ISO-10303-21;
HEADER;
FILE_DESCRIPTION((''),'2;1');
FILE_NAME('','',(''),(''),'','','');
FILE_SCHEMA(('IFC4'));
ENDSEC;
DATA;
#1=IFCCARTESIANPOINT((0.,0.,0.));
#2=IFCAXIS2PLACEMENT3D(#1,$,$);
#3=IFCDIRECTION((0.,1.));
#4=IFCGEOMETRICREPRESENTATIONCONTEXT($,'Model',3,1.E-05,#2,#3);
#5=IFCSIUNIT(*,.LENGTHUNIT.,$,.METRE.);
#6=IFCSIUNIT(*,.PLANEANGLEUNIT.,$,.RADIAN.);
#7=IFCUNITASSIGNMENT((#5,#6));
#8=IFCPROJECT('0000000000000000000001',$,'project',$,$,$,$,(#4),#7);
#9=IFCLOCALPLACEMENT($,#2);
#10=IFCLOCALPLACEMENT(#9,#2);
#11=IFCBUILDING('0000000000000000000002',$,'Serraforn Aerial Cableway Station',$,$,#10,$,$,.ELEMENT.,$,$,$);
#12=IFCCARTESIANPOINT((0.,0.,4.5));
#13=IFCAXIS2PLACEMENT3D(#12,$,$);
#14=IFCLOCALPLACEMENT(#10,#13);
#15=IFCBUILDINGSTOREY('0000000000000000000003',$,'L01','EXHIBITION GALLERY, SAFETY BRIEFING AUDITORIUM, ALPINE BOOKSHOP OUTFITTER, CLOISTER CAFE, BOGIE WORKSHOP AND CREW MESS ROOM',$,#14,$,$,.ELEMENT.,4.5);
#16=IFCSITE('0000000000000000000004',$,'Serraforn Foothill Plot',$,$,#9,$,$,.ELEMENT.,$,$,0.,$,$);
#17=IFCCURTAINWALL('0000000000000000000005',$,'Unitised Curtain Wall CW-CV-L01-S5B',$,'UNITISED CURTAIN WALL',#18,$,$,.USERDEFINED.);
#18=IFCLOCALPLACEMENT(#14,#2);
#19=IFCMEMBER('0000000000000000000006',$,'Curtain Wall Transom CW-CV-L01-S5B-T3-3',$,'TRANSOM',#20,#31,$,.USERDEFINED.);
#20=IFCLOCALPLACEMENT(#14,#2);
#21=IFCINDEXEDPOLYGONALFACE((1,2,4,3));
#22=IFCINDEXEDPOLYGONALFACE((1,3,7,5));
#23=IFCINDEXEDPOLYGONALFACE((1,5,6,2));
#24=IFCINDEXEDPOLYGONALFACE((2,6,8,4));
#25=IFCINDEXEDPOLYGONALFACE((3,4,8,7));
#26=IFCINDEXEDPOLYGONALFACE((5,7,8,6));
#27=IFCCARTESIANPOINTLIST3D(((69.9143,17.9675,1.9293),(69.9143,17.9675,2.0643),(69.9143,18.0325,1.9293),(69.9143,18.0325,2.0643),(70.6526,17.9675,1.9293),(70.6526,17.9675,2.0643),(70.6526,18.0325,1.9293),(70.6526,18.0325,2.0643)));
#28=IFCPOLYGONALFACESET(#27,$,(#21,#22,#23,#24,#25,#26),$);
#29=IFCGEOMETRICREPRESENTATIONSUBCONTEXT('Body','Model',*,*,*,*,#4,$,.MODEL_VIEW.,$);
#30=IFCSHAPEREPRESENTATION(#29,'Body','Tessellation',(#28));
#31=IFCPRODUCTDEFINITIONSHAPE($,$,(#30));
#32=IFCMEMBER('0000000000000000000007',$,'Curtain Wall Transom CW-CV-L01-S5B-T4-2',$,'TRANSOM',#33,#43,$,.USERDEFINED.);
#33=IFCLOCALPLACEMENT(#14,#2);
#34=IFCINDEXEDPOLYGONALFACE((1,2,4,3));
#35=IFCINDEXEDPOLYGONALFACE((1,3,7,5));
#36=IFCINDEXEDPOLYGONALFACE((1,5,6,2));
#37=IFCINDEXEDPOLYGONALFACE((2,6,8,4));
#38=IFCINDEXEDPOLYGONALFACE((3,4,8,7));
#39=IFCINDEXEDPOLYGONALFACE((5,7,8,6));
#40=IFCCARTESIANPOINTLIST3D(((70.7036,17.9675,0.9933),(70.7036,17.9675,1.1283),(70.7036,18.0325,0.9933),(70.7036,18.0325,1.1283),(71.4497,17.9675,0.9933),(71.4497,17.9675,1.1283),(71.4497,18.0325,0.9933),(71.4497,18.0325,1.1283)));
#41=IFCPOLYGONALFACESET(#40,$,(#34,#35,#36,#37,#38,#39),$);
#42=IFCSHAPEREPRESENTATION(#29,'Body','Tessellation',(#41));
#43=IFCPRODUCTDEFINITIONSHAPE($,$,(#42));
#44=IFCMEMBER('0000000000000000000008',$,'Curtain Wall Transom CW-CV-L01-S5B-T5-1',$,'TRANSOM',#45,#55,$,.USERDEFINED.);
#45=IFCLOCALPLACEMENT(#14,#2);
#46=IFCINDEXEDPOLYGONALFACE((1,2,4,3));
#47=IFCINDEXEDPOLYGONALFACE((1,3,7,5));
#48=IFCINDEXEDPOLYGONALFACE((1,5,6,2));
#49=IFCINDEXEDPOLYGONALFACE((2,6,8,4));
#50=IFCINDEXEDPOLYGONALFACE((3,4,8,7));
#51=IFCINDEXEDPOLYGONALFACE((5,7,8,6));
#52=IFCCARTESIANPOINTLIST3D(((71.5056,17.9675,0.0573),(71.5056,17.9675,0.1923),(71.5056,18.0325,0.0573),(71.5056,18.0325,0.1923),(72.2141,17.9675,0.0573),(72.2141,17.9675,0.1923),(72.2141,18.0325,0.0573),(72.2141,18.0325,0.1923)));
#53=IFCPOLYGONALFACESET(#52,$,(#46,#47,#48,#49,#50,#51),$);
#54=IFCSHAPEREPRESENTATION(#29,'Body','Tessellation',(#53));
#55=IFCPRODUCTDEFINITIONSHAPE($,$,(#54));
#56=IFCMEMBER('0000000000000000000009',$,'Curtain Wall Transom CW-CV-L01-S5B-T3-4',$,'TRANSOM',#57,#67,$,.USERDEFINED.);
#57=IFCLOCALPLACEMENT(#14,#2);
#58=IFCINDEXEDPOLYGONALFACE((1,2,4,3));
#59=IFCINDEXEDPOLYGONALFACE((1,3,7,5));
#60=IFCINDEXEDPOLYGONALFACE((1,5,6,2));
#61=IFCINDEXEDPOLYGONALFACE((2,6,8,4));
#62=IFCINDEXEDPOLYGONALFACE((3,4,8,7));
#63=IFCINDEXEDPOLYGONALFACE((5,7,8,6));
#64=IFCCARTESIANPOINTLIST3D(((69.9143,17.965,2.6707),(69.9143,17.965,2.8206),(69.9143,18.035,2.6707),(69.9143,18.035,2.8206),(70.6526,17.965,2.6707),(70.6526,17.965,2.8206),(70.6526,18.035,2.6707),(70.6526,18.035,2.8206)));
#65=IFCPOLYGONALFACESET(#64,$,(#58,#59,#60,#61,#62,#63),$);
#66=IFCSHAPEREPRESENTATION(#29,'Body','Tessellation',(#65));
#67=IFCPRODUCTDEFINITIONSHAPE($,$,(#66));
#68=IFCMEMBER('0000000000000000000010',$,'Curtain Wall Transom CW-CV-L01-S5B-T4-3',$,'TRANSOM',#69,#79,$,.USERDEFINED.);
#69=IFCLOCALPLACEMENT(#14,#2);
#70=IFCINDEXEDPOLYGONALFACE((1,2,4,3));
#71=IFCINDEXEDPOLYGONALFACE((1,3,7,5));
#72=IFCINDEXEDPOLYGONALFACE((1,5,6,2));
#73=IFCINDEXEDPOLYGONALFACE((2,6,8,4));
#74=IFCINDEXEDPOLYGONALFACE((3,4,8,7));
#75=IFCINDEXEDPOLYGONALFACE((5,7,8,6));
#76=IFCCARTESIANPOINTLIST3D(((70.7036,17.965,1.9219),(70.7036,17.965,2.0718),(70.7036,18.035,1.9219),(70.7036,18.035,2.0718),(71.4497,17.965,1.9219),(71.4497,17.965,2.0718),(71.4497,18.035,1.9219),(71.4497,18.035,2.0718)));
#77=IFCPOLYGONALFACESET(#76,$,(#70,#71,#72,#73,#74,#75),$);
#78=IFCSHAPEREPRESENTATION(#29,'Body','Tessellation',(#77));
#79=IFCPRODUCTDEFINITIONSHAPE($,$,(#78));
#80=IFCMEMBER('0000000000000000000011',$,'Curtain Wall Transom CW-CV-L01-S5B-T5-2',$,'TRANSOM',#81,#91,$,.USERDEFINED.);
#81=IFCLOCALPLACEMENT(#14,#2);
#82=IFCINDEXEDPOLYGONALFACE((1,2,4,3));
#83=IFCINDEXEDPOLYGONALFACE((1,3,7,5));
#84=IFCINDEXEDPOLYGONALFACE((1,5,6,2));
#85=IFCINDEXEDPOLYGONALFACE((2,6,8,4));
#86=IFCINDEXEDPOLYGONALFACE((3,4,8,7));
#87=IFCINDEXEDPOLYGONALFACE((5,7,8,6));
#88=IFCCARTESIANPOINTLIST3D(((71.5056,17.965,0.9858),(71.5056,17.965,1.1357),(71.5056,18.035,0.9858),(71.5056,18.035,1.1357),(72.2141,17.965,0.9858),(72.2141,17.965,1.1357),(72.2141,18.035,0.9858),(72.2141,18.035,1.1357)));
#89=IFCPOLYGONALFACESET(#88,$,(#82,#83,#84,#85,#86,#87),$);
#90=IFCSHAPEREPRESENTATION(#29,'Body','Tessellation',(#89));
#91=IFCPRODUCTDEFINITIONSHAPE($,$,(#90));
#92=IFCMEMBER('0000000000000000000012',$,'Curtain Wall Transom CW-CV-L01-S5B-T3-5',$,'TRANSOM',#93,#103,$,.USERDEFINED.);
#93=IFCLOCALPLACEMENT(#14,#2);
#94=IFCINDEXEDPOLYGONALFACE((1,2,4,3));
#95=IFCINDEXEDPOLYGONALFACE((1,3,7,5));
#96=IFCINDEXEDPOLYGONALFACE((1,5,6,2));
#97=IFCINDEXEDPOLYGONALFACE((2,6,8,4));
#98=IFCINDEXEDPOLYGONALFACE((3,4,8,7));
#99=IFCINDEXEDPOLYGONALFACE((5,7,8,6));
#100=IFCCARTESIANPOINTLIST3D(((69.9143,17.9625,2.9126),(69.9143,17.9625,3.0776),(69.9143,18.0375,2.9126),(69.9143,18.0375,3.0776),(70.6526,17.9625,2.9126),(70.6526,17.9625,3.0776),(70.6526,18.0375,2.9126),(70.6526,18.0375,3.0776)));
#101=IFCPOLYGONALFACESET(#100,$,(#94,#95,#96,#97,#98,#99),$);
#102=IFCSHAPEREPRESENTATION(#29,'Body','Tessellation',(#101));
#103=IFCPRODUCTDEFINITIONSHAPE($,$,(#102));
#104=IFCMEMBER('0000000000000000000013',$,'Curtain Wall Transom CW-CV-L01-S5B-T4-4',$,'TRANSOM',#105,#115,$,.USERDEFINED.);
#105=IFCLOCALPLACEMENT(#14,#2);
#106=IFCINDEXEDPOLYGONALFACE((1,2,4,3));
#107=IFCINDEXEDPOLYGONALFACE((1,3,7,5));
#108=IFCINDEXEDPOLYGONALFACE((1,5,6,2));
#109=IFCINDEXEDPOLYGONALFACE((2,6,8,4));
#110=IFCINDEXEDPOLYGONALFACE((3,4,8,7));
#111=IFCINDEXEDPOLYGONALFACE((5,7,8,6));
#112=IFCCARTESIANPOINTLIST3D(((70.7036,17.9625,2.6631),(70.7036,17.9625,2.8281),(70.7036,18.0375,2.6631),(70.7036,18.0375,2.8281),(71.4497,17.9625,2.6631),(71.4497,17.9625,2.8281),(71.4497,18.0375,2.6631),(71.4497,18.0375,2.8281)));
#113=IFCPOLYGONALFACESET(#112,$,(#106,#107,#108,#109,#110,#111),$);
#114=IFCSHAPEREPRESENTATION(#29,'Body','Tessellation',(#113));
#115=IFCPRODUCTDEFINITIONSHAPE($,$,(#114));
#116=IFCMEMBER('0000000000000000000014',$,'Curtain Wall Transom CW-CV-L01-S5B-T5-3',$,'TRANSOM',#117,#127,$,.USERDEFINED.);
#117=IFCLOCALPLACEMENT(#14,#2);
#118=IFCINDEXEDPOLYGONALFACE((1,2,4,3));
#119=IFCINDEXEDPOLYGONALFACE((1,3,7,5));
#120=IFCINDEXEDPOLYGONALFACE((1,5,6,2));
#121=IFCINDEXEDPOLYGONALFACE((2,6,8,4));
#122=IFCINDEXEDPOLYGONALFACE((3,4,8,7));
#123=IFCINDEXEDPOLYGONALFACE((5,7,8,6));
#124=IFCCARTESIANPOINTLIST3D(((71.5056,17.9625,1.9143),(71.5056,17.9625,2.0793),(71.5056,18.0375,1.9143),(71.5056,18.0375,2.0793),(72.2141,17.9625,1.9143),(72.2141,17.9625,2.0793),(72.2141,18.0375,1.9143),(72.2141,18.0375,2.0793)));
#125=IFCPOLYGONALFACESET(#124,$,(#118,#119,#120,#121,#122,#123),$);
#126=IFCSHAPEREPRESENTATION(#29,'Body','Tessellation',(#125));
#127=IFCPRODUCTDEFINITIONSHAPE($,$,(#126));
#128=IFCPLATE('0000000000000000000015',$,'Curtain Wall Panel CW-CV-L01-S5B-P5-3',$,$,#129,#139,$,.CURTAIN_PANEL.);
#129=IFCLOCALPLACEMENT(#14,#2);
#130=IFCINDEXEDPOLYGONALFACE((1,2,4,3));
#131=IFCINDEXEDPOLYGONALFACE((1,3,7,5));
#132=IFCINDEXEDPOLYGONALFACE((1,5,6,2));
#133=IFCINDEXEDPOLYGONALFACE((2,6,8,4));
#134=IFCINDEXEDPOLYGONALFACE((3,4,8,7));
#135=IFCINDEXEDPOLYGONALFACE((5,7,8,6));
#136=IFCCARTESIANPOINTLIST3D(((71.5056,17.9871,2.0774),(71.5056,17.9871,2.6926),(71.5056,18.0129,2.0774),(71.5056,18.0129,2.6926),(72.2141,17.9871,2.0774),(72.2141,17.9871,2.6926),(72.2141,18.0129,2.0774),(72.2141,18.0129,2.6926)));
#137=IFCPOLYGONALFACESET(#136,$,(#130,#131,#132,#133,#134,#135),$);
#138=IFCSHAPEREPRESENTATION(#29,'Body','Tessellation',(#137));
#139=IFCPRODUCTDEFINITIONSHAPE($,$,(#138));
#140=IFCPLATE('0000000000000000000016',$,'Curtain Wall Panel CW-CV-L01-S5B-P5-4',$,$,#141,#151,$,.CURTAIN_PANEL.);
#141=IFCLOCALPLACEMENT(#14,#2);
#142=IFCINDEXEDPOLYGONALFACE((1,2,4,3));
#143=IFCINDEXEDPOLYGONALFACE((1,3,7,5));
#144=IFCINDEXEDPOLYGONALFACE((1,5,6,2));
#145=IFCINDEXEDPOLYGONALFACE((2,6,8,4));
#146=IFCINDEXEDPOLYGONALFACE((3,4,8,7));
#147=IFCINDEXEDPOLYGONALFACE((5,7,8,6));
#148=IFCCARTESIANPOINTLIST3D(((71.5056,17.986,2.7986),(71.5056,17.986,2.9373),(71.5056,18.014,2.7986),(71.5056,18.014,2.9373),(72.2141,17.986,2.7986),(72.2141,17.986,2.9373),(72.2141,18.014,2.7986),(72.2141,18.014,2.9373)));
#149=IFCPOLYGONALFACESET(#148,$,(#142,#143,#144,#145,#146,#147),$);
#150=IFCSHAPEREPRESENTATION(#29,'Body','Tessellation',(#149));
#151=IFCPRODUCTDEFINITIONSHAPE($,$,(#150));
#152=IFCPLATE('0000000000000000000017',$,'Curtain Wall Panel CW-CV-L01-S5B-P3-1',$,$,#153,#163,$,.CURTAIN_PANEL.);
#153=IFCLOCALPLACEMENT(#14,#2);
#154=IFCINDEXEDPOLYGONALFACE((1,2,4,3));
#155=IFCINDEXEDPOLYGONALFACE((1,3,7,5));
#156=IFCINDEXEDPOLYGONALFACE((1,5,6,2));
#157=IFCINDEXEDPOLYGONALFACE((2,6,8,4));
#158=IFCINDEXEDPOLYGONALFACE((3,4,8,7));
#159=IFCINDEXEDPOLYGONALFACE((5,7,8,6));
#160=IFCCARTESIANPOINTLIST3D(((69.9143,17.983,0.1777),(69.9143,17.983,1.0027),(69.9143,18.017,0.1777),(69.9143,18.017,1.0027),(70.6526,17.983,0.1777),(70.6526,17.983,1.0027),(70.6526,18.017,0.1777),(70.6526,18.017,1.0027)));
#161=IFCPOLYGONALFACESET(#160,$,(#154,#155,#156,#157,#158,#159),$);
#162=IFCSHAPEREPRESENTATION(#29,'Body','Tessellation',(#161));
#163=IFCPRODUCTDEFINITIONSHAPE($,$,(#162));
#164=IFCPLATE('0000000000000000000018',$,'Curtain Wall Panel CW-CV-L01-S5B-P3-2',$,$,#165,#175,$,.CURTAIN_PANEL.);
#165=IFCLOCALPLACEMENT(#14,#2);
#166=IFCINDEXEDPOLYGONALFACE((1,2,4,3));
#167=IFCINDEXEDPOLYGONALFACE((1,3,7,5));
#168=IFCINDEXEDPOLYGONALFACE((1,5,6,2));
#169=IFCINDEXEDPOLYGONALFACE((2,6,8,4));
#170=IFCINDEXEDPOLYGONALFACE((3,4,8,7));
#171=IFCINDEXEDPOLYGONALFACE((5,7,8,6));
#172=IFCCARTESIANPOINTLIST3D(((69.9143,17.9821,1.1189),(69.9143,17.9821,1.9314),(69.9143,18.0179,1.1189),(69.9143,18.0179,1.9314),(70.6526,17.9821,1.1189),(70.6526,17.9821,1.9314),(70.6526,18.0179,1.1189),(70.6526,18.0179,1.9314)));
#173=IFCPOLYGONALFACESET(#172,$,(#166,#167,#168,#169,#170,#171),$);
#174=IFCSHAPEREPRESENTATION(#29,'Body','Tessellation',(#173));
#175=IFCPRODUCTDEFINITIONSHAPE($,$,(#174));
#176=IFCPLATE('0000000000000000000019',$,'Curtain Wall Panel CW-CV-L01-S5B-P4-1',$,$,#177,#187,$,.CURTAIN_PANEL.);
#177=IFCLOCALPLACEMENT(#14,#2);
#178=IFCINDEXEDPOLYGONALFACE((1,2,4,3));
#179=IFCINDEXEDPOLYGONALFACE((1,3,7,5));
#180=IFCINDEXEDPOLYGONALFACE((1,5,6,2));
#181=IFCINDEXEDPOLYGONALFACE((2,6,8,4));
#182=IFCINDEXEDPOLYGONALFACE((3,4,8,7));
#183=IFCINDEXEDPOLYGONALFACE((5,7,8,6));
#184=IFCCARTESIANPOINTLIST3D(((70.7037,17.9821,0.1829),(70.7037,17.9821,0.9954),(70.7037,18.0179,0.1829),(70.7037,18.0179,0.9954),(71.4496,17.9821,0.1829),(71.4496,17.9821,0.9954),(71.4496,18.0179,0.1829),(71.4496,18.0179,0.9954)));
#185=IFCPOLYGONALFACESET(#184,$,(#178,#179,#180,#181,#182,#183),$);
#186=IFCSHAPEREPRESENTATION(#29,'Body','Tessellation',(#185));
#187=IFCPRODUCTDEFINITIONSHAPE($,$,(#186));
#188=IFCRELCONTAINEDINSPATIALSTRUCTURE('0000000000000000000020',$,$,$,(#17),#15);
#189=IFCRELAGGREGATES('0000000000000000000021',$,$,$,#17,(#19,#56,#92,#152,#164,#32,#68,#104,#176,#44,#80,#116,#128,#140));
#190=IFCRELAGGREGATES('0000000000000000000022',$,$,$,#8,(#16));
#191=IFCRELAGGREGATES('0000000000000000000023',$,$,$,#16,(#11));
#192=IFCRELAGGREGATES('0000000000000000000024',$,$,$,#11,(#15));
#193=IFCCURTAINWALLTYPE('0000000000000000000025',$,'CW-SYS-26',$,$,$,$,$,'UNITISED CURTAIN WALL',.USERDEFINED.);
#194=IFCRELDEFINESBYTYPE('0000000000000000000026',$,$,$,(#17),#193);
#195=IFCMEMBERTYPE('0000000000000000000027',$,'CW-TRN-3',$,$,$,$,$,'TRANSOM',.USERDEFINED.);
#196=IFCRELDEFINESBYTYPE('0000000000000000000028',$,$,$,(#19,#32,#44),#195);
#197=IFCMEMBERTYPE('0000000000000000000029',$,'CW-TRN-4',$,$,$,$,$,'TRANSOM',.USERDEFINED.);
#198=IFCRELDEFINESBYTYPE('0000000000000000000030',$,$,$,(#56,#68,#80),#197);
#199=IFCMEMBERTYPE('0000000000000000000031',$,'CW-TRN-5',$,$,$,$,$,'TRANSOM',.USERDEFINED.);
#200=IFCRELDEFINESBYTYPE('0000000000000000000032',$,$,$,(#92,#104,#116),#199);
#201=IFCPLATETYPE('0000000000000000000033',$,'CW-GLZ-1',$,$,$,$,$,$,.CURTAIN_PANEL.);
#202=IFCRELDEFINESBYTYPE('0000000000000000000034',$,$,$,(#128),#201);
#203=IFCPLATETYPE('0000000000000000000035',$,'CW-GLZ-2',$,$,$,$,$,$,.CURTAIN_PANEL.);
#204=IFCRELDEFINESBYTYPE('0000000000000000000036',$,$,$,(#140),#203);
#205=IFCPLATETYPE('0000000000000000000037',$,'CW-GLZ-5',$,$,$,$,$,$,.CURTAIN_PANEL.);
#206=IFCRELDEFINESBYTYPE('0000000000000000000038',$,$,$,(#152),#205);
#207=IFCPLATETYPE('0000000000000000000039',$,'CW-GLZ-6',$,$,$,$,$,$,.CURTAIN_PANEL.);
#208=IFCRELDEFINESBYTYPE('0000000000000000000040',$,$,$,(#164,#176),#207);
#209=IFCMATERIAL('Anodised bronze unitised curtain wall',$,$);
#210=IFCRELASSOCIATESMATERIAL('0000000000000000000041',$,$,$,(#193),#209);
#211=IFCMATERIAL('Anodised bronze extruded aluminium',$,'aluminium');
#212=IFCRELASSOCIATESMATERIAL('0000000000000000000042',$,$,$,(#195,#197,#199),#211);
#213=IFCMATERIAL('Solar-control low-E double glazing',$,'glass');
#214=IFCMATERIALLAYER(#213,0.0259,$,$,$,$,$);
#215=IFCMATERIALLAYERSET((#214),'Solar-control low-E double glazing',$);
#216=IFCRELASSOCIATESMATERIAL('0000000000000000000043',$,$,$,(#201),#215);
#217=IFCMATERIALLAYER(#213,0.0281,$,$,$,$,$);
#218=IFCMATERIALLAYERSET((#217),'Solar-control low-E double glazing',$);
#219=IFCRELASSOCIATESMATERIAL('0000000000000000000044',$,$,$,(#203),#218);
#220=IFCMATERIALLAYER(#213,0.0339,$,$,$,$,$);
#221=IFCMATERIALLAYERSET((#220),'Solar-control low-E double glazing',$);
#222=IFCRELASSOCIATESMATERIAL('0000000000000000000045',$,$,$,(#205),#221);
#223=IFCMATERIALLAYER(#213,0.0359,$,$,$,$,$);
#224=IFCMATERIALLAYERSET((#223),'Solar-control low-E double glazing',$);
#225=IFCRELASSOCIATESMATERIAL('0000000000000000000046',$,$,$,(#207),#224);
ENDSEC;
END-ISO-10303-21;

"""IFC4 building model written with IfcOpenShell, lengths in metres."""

from ifc_helpers import new_model, si_unit, direction, frame, origin, origin_2d, place, context, subcontext, project, spatial, rectangle, extrude, material, layer, layer_set, material_profile, profile_set, type_object, element, aggregate, save


model = new_model("IFC4")

# Units and contexts
model_context = context("Model", 3, precision=1e-05, world=origin(), true_north=direction((0.0, 1.0)))
body_context = subcontext(model_context, "Body", "Model", "MODEL_VIEW")
ifc_project = project(units=[si_unit("LENGTHUNIT", "METRE"), si_unit("PLANEANGLEUNIT", "RADIAN")], contexts=[model_context])

# Site, building, storey
site_placement = place(None, origin())
site = spatial("IfcSite", under=ifc_project, at=site_placement, Name="Serraforn Foothill Plot", CompositionType="ELEMENT", RefElevation=0.0)
building_placement = place(site_placement, origin())
building = spatial("IfcBuilding", under=site, at=building_placement, Name="Serraforn Aerial Cableway Station", CompositionType="ELEMENT")
storey_placement = place(building_placement, frame((0.0, 0.0, 4.5)))
storey = spatial("IfcBuildingStorey", under=building, at=storey_placement, Name="L01", Description="EXHIBITION GALLERY, SAFETY BRIEFING AUDITORIUM, ALPINE BOOKSHOP OUTFITTER, CLOISTER CAFE, BOGIE WORKSHOP AND CREW MESS ROOM", CompositionType="ELEMENT", Elevation=4.5)

# Curtain wall, members, plates
ifc_material_1 = material(Name="Anodised bronze unitised curtain wall")
curtain_wall_type = type_object("IfcCurtainWallType", Name="CW-SYS-26", ElementType="UNITISED CURTAIN WALL", PredefinedType="USERDEFINED", material=ifc_material_1)
curtain_wall_placement = place(storey_placement, origin())
curtain_wall = element("IfcCurtainWall", 1, at=curtain_wall_placement, inside=storey, type_object=curtain_wall_type, Name="Unitised Curtain Wall CW-CV-L01-S5B", ObjectType="UNITISED CURTAIN WALL", PredefinedType="USERDEFINED")
ifc_material_2 = material(Name="Anodised bronze extruded aluminium", Category="aluminium")
ifc_material_profile_1 = material_profile(ifc_material_2, rectangle(XDim=0.0649, YDim=0.135, at=origin_2d()), Name="CW TRANSOM 65x135")
ifc_profile_set_1 = profile_set([ifc_material_profile_1], Name="Anodised bronze extruded aluminium")
member_type_1 = type_object("IfcMemberType", Name="CW-TRN-3", ElementType="TRANSOM", PredefinedType="USERDEFINED", material=ifc_profile_set_1)
member_1_placement = place(storey_placement, frame((69.9143, 18.0, 1.9968), z_axis=(1.0, 0.0, 0.0), x_axis=(0.0, 1.0, 0.0)))
member_1 = element("IfcMember", 2, at=member_1_placement, type_object=member_type_1, Name="Curtain Wall Transom CW-CV-L01-S5B-T3-3", ObjectType="TRANSOM", PredefinedType="USERDEFINED", context=body_context, shape_type="SweptSolid", body=[
    extrude(rectangle(XDim=0.0649, YDim=0.135, at=origin_2d()), origin(), (0.0, 0.0, 1.0), 0.7383),
])
member_2_placement = place(storey_placement, frame((70.7036, 18.0, 1.0608), z_axis=(1.0, 0.0, 0.0), x_axis=(0.0, 1.0, 0.0)))
member_2 = element("IfcMember", 3, at=member_2_placement, type_object=member_type_1, Name="Curtain Wall Transom CW-CV-L01-S5B-T4-2", ObjectType="TRANSOM", PredefinedType="USERDEFINED", context=body_context, shape_type="SweptSolid", body=[
    extrude(rectangle(XDim=0.0649, YDim=0.135, at=origin_2d()), origin(), (0.0, 0.0, 1.0), 0.7461),
])
member_3_placement = place(storey_placement, frame((71.5056, 18.0, 0.1248), z_axis=(1.0, 0.0, 0.0), x_axis=(0.0, 1.0, 0.0)))
member_3 = element("IfcMember", 4, at=member_3_placement, type_object=member_type_1, Name="Curtain Wall Transom CW-CV-L01-S5B-T5-1", ObjectType="TRANSOM", PredefinedType="USERDEFINED", context=body_context, shape_type="SweptSolid", body=[
    extrude(rectangle(XDim=0.0649, YDim=0.135, at=origin_2d()), origin(), (0.0, 0.0, 1.0), 0.7085),
])
ifc_material_profile_2 = material_profile(ifc_material_2, rectangle(XDim=0.0701, YDim=0.1499, at=origin_2d()), Name="CW TRANSOM 70x150")
ifc_profile_set_2 = profile_set([ifc_material_profile_2], Name="Anodised bronze extruded aluminium")
member_type_2 = type_object("IfcMemberType", Name="CW-TRN-4", ElementType="TRANSOM", PredefinedType="USERDEFINED", material=ifc_profile_set_2)
member_4_placement = place(storey_placement, frame((69.9143, 18.0, 2.7456), z_axis=(1.0, 0.0, 0.0), x_axis=(0.0, 1.0, 0.0)))
member_4 = element("IfcMember", 5, at=member_4_placement, type_object=member_type_2, Name="Curtain Wall Transom CW-CV-L01-S5B-T3-4", ObjectType="TRANSOM", PredefinedType="USERDEFINED", context=body_context, shape_type="SweptSolid", body=[
    extrude(rectangle(XDim=0.0701, YDim=0.1499, at=origin_2d()), origin(), (0.0, 0.0, 1.0), 0.7383),
])
member_5_placement = place(storey_placement, frame((70.7036, 18.0, 1.9968), z_axis=(1.0, 0.0, 0.0), x_axis=(0.0, 1.0, 0.0)))
member_5 = element("IfcMember", 6, at=member_5_placement, type_object=member_type_2, Name="Curtain Wall Transom CW-CV-L01-S5B-T4-3", ObjectType="TRANSOM", PredefinedType="USERDEFINED", context=body_context, shape_type="SweptSolid", body=[
    extrude(rectangle(XDim=0.0701, YDim=0.1499, at=origin_2d()), origin(), (0.0, 0.0, 1.0), 0.7461),
])
member_6_placement = place(storey_placement, frame((71.5056, 18.0, 1.0608), z_axis=(1.0, 0.0, 0.0), x_axis=(0.0, 1.0, 0.0)))
member_6 = element("IfcMember", 7, at=member_6_placement, type_object=member_type_2, Name="Curtain Wall Transom CW-CV-L01-S5B-T5-2", ObjectType="TRANSOM", PredefinedType="USERDEFINED", context=body_context, shape_type="SweptSolid", body=[
    extrude(rectangle(XDim=0.0701, YDim=0.1499, at=origin_2d()), origin(), (0.0, 0.0, 1.0), 0.7085),
])
ifc_material_profile_3 = material_profile(ifc_material_2, rectangle(XDim=0.075, YDim=0.165, at=origin_2d()), Name="CW TRANSOM 75x165")
ifc_profile_set_3 = profile_set([ifc_material_profile_3], Name="Anodised bronze extruded aluminium")
member_type_3 = type_object("IfcMemberType", Name="CW-TRN-5", ElementType="TRANSOM", PredefinedType="USERDEFINED", material=ifc_profile_set_3)
member_7_placement = place(storey_placement, frame((69.9143, 18.0, 2.9951), z_axis=(1.0, 0.0, 0.0), x_axis=(0.0, 1.0, 0.0)))
member_7 = element("IfcMember", 8, at=member_7_placement, type_object=member_type_3, Name="Curtain Wall Transom CW-CV-L01-S5B-T3-5", ObjectType="TRANSOM", PredefinedType="USERDEFINED", context=body_context, shape_type="SweptSolid", body=[
    extrude(rectangle(XDim=0.075, YDim=0.165, at=origin_2d()), origin(), (0.0, 0.0, 1.0), 0.7383),
])
member_8_placement = place(storey_placement, frame((70.7036, 18.0, 2.7456), z_axis=(1.0, 0.0, 0.0), x_axis=(0.0, 1.0, 0.0)))
member_8 = element("IfcMember", 9, at=member_8_placement, type_object=member_type_3, Name="Curtain Wall Transom CW-CV-L01-S5B-T4-4", ObjectType="TRANSOM", PredefinedType="USERDEFINED", context=body_context, shape_type="SweptSolid", body=[
    extrude(rectangle(XDim=0.075, YDim=0.165, at=origin_2d()), origin(), (0.0, 0.0, 1.0), 0.7461),
])
member_9_placement = place(storey_placement, frame((71.5056, 18.0, 1.9968), z_axis=(1.0, 0.0, 0.0), x_axis=(0.0, 1.0, 0.0)))
member_9 = element("IfcMember", 10, at=member_9_placement, type_object=member_type_3, Name="Curtain Wall Transom CW-CV-L01-S5B-T5-3", ObjectType="TRANSOM", PredefinedType="USERDEFINED", context=body_context, shape_type="SweptSolid", body=[
    extrude(rectangle(XDim=0.075, YDim=0.165, at=origin_2d()), origin(), (0.0, 0.0, 1.0), 0.7085),
])
ifc_material_3 = material(Name="Solar-control low-E double glazing", Category="glass")
ifc_layer_1 = layer(ifc_material_3, 0.0259)
ifc_layer_set_1 = layer_set([ifc_layer_1], Name="Solar-control low-E double glazing")
plate_type_1 = type_object("IfcPlateType", Name="CW-GLZ-1", PredefinedType="CURTAIN_PANEL", material=ifc_layer_set_1)
plate_1_placement = place(storey_placement, frame((71.8599, 18.0, 2.0774), z_axis=(0.0, 0.0, 1.0), x_axis=(1.0, 0.0, 0.0)))
plate_1 = element("IfcPlate", 11, at=plate_1_placement, type_object=plate_type_1, Name="Curtain Wall Panel CW-CV-L01-S5B-P5-3", PredefinedType="CURTAIN_PANEL", context=body_context, shape_type="SweptSolid", body=[
    extrude(rectangle(XDim=0.7085, YDim=0.0259, at=origin_2d()), origin(), (0.0, 0.0, 1.0), 0.6152),
])
ifc_layer_2 = layer(ifc_material_3, 0.0281)
ifc_layer_set_2 = layer_set([ifc_layer_2], Name="Solar-control low-E double glazing")
plate_type_2 = type_object("IfcPlateType", Name="CW-GLZ-2", PredefinedType="CURTAIN_PANEL", material=ifc_layer_set_2)
plate_2_placement = place(storey_placement, frame((71.8599, 18.0, 2.7986), z_axis=(0.0, 0.0, 1.0), x_axis=(1.0, 0.0, 0.0)))
plate_2 = element("IfcPlate", 12, at=plate_2_placement, type_object=plate_type_2, Name="Curtain Wall Panel CW-CV-L01-S5B-P5-4", PredefinedType="CURTAIN_PANEL", context=body_context, shape_type="SweptSolid", body=[
    extrude(rectangle(XDim=0.7085, YDim=0.0281, at=origin_2d()), origin(), (0.0, 0.0, 1.0), 0.1387),
])
ifc_layer_3 = layer(ifc_material_3, 0.0339)
ifc_layer_set_3 = layer_set([ifc_layer_3], Name="Solar-control low-E double glazing")
plate_type_3 = type_object("IfcPlateType", Name="CW-GLZ-5", PredefinedType="CURTAIN_PANEL", material=ifc_layer_set_3)
plate_3_placement = place(storey_placement, frame((70.2834, 18.0, 0.1777), z_axis=(0.0, 0.0, 1.0), x_axis=(1.0, 0.0, 0.0)))
plate_3 = element("IfcPlate", 13, at=plate_3_placement, type_object=plate_type_3, Name="Curtain Wall Panel CW-CV-L01-S5B-P3-1", PredefinedType="CURTAIN_PANEL", context=body_context, shape_type="SweptSolid", body=[
    extrude(rectangle(XDim=0.7383, YDim=0.0339, at=origin_2d()), origin(), (0.0, 0.0, 1.0), 0.825),
])
ifc_layer_4 = layer(ifc_material_3, 0.0359)
ifc_layer_set_4 = layer_set([ifc_layer_4], Name="Solar-control low-E double glazing")
plate_type_4 = type_object("IfcPlateType", Name="CW-GLZ-6", PredefinedType="CURTAIN_PANEL", material=ifc_layer_set_4)
plate_4_placement = place(storey_placement, frame((70.2834, 18.0, 1.1189), z_axis=(0.0, 0.0, 1.0), x_axis=(1.0, 0.0, 0.0)))
plate_4 = element("IfcPlate", 14, at=plate_4_placement, type_object=plate_type_4, Name="Curtain Wall Panel CW-CV-L01-S5B-P3-2", PredefinedType="CURTAIN_PANEL", context=body_context, shape_type="SweptSolid", body=[
    extrude(rectangle(XDim=0.7383, YDim=0.0359, at=origin_2d()), origin(), (0.0, 0.0, 1.0), 0.8125),
])
plate_5_placement = place(storey_placement, frame((71.0767, 18.0, 0.1829), z_axis=(0.0, 0.0, 1.0), x_axis=(1.0, 0.0, 0.0)))
plate_5 = element("IfcPlate", 15, at=plate_5_placement, type_object=plate_type_4, Name="Curtain Wall Panel CW-CV-L01-S5B-P4-1", PredefinedType="CURTAIN_PANEL", context=body_context, shape_type="SweptSolid", body=[
    extrude(rectangle(XDim=0.7458, YDim=0.0359, at=origin_2d()), origin(), (0.0, 0.0, 1.0), 0.8125),
])
aggregate(curtain_wall, [member_1, member_4, member_7, plate_3, plate_4, member_2, member_5, member_8, plate_5, member_3, member_6, member_9, plate_1, plate_2])

save(model, "model.ifc")
